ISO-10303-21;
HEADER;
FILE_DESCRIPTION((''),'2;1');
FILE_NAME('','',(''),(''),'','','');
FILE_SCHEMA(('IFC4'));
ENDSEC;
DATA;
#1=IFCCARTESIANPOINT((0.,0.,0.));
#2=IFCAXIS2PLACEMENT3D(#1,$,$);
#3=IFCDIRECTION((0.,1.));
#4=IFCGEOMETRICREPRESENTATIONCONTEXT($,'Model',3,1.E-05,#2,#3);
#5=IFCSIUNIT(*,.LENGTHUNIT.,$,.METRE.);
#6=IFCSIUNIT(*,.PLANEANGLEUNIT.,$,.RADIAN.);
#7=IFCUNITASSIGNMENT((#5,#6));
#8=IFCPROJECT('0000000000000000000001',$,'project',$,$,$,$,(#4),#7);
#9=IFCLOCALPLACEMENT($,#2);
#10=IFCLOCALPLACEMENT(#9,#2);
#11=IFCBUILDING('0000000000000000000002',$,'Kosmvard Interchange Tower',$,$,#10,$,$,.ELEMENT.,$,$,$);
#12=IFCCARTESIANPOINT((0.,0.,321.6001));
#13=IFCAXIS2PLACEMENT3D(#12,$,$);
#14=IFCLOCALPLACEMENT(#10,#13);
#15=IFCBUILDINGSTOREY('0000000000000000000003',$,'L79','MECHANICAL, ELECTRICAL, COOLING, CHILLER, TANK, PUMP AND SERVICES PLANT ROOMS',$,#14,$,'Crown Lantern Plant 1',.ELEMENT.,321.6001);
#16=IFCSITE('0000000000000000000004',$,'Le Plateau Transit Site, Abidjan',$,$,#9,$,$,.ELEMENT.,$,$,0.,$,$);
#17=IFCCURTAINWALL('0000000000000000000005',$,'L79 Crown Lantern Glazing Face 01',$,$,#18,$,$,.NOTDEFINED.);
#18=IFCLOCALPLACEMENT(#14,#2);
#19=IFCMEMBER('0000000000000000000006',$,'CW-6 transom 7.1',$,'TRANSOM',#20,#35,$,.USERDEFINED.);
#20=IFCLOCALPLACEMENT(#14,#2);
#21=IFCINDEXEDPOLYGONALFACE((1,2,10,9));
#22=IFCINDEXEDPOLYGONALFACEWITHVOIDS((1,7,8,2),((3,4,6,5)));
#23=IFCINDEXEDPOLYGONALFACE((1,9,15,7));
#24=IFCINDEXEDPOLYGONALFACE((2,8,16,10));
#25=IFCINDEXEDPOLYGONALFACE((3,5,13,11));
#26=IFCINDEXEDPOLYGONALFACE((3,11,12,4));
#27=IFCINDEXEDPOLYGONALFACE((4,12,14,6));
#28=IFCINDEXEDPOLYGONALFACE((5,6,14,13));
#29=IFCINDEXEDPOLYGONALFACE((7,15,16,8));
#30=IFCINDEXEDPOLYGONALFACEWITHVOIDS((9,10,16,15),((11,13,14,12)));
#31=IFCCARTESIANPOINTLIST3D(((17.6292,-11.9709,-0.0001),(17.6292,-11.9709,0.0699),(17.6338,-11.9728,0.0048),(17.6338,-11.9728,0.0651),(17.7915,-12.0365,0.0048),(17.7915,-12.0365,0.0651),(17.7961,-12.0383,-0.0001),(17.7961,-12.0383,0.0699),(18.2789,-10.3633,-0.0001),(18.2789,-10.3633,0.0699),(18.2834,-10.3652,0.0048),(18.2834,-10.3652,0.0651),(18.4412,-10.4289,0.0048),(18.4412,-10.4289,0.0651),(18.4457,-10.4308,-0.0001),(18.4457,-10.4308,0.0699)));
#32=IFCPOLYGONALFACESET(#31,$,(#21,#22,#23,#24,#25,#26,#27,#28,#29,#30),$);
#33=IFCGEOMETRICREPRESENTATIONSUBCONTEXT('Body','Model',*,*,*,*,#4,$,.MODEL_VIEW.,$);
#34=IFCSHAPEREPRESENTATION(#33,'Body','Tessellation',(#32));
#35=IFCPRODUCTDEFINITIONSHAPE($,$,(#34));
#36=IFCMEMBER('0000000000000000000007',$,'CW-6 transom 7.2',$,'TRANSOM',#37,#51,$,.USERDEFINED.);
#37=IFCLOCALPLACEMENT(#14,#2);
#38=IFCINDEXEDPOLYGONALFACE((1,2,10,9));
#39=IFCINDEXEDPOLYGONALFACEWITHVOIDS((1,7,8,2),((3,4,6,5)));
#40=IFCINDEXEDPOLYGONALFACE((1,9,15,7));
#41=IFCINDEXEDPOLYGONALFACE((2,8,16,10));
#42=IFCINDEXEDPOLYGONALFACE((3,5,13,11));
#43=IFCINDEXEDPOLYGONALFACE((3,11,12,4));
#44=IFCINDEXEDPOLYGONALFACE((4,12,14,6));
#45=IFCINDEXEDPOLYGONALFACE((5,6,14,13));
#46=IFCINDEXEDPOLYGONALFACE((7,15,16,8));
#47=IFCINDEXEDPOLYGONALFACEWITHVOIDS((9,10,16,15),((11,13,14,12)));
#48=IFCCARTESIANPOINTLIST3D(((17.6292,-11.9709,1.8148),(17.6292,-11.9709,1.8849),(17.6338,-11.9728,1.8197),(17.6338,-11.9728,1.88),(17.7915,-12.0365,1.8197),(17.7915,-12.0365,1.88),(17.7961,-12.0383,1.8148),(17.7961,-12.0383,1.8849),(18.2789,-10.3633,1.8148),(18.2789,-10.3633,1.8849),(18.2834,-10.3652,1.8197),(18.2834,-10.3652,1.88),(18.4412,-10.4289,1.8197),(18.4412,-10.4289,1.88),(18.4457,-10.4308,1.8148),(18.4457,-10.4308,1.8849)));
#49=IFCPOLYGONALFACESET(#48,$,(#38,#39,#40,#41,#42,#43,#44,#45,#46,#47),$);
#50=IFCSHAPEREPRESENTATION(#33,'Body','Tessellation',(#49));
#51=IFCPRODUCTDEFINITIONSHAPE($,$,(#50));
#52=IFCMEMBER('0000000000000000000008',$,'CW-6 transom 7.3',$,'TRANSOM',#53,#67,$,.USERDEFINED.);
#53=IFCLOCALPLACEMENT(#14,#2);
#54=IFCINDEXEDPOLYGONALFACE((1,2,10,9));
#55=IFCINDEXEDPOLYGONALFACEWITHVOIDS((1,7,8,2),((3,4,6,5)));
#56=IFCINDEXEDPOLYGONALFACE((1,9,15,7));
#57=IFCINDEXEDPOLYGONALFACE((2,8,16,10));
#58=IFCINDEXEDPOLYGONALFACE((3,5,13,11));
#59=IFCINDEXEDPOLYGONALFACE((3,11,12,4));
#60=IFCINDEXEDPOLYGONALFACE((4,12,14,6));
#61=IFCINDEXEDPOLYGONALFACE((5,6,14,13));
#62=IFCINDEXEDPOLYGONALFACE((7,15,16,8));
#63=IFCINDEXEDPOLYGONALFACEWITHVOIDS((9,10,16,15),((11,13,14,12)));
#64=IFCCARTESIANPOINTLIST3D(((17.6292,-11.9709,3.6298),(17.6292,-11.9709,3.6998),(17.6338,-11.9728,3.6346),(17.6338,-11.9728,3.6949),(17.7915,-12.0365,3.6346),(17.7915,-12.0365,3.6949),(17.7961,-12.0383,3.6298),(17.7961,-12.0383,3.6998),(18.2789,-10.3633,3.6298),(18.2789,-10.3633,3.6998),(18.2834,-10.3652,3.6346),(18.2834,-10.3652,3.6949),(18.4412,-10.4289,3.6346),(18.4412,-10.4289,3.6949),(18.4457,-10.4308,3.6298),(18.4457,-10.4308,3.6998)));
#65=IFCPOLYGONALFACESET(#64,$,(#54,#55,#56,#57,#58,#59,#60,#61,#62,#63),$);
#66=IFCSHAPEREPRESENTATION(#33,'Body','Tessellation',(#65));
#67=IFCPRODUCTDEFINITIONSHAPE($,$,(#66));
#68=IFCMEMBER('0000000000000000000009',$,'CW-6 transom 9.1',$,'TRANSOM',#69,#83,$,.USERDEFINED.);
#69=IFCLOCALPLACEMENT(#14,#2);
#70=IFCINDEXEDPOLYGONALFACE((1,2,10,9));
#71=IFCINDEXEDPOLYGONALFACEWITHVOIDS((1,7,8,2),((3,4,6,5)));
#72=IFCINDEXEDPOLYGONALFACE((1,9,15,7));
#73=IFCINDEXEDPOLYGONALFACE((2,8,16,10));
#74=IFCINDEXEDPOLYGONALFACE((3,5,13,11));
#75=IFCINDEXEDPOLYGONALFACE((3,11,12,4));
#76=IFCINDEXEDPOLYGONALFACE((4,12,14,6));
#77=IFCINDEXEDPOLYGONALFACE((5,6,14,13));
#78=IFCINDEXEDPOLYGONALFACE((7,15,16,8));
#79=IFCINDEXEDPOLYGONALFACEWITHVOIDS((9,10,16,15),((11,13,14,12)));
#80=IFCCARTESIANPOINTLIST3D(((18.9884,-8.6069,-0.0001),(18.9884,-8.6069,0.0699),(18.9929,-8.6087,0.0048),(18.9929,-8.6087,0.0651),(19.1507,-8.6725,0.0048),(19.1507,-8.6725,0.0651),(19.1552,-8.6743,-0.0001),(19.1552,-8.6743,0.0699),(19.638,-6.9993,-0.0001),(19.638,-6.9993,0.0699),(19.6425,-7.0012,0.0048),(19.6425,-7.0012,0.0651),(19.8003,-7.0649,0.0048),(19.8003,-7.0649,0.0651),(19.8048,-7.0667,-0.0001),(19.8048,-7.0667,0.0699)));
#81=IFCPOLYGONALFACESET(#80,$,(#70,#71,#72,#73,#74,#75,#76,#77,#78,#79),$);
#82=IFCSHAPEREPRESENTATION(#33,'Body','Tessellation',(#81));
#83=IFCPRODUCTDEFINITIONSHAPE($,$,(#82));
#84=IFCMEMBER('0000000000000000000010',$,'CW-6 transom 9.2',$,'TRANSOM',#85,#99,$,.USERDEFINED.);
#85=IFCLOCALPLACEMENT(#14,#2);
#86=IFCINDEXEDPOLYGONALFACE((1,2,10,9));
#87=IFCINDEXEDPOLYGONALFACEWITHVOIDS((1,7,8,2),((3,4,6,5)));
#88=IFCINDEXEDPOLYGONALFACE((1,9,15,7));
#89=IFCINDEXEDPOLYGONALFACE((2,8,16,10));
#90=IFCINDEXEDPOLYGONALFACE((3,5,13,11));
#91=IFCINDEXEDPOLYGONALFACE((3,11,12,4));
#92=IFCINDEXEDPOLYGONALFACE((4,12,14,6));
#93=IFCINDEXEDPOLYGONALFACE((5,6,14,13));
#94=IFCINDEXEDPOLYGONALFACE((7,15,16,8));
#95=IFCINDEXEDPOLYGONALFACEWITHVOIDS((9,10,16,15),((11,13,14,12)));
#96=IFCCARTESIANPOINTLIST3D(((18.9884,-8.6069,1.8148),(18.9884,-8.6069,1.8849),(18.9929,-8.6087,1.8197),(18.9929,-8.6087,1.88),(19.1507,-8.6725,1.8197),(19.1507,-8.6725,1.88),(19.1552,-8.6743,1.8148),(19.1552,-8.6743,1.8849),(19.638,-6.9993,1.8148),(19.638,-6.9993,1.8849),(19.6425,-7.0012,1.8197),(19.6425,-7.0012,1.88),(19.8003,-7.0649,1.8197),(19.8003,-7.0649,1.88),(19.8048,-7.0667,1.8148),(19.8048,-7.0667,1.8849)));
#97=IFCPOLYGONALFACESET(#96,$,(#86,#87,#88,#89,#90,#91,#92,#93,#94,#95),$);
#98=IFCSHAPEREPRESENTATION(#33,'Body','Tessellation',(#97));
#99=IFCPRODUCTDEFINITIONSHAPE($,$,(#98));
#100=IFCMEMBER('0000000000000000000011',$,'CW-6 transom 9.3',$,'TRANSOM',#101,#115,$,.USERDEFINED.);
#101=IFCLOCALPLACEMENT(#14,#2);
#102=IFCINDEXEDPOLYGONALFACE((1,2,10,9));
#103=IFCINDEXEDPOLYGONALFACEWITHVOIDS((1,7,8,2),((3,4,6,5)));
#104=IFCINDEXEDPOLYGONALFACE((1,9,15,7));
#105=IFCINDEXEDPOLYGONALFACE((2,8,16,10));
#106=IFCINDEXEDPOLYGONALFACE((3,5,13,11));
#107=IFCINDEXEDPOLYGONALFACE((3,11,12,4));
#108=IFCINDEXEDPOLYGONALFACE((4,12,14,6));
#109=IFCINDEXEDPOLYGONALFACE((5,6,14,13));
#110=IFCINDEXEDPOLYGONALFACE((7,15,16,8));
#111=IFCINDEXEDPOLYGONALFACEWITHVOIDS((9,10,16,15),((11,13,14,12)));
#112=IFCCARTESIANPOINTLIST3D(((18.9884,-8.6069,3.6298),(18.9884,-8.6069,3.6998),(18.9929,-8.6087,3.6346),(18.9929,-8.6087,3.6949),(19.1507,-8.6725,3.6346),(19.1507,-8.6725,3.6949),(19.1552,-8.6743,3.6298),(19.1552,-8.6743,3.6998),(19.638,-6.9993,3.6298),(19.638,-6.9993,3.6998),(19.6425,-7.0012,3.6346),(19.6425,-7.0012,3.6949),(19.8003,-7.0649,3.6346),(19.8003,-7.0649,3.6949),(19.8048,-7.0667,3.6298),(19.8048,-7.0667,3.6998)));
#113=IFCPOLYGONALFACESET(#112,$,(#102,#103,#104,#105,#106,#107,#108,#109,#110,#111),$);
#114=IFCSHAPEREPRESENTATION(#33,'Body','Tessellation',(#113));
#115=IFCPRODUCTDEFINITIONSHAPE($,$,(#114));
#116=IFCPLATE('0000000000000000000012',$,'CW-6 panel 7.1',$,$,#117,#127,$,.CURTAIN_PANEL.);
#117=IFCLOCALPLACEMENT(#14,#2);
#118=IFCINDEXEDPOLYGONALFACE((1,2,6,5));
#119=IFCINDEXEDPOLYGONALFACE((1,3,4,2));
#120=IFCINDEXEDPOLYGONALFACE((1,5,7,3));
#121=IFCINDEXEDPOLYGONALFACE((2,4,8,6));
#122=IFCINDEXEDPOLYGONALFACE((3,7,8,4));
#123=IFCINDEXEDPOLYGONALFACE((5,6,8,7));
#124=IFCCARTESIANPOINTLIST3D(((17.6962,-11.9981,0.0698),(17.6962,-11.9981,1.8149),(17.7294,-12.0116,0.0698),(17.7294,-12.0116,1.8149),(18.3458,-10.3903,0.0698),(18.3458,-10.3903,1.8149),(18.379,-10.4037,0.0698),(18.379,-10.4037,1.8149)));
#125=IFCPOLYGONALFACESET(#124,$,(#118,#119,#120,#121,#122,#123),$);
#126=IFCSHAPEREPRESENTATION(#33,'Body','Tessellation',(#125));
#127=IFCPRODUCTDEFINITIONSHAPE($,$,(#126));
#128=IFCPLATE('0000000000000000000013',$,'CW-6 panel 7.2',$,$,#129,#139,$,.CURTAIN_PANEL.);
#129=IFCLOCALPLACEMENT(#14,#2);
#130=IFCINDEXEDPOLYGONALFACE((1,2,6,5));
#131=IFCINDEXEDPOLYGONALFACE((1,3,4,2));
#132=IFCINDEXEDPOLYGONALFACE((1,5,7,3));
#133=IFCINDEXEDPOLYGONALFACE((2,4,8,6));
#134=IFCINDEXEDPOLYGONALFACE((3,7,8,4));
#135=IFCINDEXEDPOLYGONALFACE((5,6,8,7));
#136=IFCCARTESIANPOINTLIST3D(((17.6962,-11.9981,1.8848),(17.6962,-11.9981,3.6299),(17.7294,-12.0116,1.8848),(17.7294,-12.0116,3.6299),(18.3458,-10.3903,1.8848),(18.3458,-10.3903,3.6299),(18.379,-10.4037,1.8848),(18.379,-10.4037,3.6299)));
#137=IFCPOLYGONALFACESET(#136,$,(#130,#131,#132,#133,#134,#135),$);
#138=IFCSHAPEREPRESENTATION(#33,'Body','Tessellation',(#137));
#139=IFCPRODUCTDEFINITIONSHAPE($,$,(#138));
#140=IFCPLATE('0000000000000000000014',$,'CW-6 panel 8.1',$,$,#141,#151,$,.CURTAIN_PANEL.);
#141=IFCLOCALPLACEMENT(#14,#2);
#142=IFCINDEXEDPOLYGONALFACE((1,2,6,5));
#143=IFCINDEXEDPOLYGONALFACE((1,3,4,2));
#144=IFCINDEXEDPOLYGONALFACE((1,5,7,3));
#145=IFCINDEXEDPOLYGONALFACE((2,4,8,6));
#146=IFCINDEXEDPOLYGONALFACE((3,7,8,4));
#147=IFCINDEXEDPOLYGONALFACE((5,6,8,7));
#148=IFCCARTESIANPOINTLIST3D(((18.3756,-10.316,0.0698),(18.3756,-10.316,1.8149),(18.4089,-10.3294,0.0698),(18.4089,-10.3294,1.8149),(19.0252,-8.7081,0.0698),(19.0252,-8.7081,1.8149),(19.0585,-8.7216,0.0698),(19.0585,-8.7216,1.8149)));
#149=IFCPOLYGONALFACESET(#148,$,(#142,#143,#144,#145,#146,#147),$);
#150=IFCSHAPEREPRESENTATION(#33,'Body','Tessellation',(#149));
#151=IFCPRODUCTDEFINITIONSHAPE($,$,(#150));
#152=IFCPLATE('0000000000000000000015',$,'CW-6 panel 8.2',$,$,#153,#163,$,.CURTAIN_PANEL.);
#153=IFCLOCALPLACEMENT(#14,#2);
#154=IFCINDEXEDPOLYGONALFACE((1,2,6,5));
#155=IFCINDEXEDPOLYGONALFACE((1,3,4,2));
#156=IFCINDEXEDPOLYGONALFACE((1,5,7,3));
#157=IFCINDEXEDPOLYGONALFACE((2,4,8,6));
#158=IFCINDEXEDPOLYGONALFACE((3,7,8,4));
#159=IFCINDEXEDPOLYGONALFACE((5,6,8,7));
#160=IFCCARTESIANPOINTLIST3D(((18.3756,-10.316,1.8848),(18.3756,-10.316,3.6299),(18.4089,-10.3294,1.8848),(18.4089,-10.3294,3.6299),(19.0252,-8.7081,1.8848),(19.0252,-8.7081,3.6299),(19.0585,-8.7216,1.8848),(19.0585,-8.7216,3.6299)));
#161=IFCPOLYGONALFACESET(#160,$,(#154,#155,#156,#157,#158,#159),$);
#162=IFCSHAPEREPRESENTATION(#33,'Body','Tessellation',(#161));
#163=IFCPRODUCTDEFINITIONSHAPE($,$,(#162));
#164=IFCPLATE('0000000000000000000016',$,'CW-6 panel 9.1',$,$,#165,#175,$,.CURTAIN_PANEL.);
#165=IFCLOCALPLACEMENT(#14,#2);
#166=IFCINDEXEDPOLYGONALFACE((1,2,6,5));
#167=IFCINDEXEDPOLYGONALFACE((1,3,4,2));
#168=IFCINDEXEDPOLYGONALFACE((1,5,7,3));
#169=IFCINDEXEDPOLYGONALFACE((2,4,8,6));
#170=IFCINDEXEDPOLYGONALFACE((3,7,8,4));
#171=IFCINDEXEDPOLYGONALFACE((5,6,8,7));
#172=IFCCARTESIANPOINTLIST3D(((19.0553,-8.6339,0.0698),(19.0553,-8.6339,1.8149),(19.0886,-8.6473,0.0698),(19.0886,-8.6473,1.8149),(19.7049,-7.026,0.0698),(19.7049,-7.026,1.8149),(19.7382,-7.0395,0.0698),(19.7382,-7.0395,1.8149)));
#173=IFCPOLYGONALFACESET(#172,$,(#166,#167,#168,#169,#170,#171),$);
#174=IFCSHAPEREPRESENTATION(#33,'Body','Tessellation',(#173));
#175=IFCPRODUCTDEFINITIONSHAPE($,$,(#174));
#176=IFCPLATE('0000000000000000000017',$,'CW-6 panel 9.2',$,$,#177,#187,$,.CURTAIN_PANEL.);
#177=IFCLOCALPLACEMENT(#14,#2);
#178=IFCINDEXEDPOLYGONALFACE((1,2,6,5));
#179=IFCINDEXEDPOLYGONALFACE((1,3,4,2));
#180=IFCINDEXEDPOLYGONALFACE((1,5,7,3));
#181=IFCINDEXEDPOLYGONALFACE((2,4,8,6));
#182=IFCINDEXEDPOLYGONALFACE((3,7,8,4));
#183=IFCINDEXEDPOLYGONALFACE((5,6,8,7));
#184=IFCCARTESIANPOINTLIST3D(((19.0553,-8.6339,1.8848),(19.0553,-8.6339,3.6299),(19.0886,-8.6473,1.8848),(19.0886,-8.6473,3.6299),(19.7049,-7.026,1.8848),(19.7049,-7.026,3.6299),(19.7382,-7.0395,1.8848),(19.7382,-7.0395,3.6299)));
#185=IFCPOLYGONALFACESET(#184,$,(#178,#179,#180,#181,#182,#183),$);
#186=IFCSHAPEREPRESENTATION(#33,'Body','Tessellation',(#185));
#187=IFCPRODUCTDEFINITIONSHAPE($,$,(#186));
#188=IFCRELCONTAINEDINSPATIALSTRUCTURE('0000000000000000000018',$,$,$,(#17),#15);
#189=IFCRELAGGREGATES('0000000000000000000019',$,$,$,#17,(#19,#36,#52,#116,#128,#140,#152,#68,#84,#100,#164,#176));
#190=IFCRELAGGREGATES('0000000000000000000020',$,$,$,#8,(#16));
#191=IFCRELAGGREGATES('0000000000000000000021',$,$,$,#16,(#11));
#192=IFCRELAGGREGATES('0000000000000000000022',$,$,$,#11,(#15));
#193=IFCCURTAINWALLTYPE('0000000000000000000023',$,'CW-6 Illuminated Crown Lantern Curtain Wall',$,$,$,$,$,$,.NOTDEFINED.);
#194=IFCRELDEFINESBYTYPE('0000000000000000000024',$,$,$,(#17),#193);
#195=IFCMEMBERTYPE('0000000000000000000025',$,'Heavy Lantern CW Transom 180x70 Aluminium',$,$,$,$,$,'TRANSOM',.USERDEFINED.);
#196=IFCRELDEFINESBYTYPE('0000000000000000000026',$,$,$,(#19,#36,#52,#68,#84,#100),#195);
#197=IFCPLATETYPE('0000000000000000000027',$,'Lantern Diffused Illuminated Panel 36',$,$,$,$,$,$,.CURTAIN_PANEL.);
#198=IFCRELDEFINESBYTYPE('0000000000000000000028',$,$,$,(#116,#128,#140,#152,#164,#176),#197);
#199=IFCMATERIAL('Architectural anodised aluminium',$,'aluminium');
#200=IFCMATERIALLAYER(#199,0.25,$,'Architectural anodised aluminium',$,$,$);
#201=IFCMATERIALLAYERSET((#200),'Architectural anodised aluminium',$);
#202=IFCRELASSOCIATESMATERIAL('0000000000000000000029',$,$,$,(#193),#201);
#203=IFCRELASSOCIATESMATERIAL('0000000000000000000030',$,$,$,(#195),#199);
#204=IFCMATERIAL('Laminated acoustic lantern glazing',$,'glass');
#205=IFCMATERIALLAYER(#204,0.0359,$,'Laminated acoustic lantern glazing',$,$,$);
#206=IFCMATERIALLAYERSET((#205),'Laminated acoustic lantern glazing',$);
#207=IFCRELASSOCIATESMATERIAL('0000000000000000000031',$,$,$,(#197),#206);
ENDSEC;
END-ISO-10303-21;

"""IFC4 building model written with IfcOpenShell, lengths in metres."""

from ifc_helpers import new_model, si_unit, direction, frame, origin, origin_2d, place, context, subcontext, project, spatial, rectangle, hollow_rectangle, extrude, source, transform, mapped, material, layer, layer_set, material_profile, profile_set, type_object, element, aggregate, save


model = new_model("IFC4")

# Units and contexts
model_context = context("Model", 3, precision=1e-05, world=origin(), true_north=direction((0.0, 1.0)))
body_context = subcontext(model_context, "Body", "Model", "MODEL_VIEW")
ifc_project = project(units=[si_unit("LENGTHUNIT", "METRE"), si_unit("PLANEANGLEUNIT", "RADIAN")], contexts=[model_context])

# Site, building, storey
site_placement = place(None, origin())
site = spatial("IfcSite", under=ifc_project, at=site_placement, Name="Le Plateau Transit Site, Abidjan", CompositionType="ELEMENT", RefElevation=0.0)
building_placement = place(site_placement, origin())
building = spatial("IfcBuilding", under=site, at=building_placement, Name="Kosmvard Interchange Tower", CompositionType="ELEMENT")
storey_placement = place(building_placement, frame((0.0, 0.0, 321.6001)))
storey = spatial("IfcBuildingStorey", under=building, at=storey_placement, Name="L79", Description="MECHANICAL, ELECTRICAL, COOLING, CHILLER, TANK, PUMP AND SERVICES PLANT ROOMS", LongName="Crown Lantern Plant 1", CompositionType="ELEMENT", Elevation=321.6001)

# Curtain wall, members, plates
ifc_material_1 = material(Name="Architectural anodised aluminium", Category="aluminium")
ifc_layer_1 = layer(ifc_material_1, 0.25, Name="Architectural anodised aluminium")
ifc_layer_set_1 = layer_set([ifc_layer_1], Name="Architectural anodised aluminium")
curtain_wall_type = type_object("IfcCurtainWallType", Name="CW-6 Illuminated Crown Lantern Curtain Wall", PredefinedType="NOTDEFINED", material=ifc_layer_set_1)
curtain_wall_placement = place(storey_placement, origin())
curtain_wall = element("IfcCurtainWall", 1, at=curtain_wall_placement, inside=storey, type_object=curtain_wall_type, Name="L79 Crown Lantern Glazing Face 01", PredefinedType="NOTDEFINED")
ifc_material_profile_1 = material_profile(ifc_material_1, hollow_rectangle(XDim=0.1799, YDim=0.0701, WallThickness=0.0049, at=origin_2d()), Name="CWT 180x70x5")
ifc_profile_set_1 = profile_set([ifc_material_profile_1], Name="Architectural anodised aluminium")
member_type_1 = type_object("IfcMemberType", Name="Heavy Lantern CW Transom 180x70 Aluminium", ElementType="TRANSOM", PredefinedType="USERDEFINED", material=ifc_profile_set_1)
shared_shape_1 = source(origin(), body_context, "Body", "SweptSolid", [
    extrude(hollow_rectangle(XDim=0.1799, YDim=0.0701, WallThickness=0.0049, at=origin_2d()), origin(), (0.0, 0.0, 1.0), 1.7339),
])
member_1_placement = place(storey_placement, frame((17.7126, -12.0046, 0.0349), z_axis=(0.374666, 0.92716, 0.0), x_axis=(-0.92716, 0.374666, 0.0)))
member_1 = element("IfcMember", 2, at=member_1_placement, type_object=member_type_1, Name="CW-6 transom 7.1", ObjectType="TRANSOM", PredefinedType="USERDEFINED", context=body_context, shape_type="MappedRepresentation", body=[
    mapped(shared_shape_1, transform((0.0, 0.0, 0.0), scale=1.0)),
])
member_2_placement = place(storey_placement, frame((17.7126, -12.0046, 1.8499), z_axis=(0.374666, 0.92716, 0.0), x_axis=(-0.92716, 0.374666, 0.0)))
member_2 = element("IfcMember", 3, at=member_2_placement, type_object=member_type_1, Name="CW-6 transom 7.2", ObjectType="TRANSOM", PredefinedType="USERDEFINED", context=body_context, shape_type="MappedRepresentation", body=[
    mapped(shared_shape_1, transform((0.0, 0.0, 0.0), scale=1.0)),
])
member_3_placement = place(storey_placement, frame((17.7126, -12.0046, 3.6648), z_axis=(0.374666, 0.92716, 0.0), x_axis=(-0.92716, 0.374666, 0.0)))
member_3 = element("IfcMember", 4, at=member_3_placement, type_object=member_type_1, Name="CW-6 transom 7.3", ObjectType="TRANSOM", PredefinedType="USERDEFINED", context=body_context, shape_type="MappedRepresentation", body=[
    mapped(shared_shape_1, transform((0.0, 0.0, 0.0), scale=1.0)),
])
member_4_placement = place(storey_placement, frame((19.0718, -8.6406, 0.0349), z_axis=(0.374666, 0.92716, 0.0), x_axis=(-0.92716, 0.374666, 0.0)))
member_4 = element("IfcMember", 5, at=member_4_placement, type_object=member_type_1, Name="CW-6 transom 9.1", ObjectType="TRANSOM", PredefinedType="USERDEFINED", context=body_context, shape_type="MappedRepresentation", body=[
    mapped(shared_shape_1, transform((0.0, 0.0, 0.0), scale=1.0)),
])
member_5_placement = place(storey_placement, frame((19.0718, -8.6406, 1.8499), z_axis=(0.374666, 0.92716, 0.0), x_axis=(-0.92716, 0.374666, 0.0)))
member_5 = element("IfcMember", 6, at=member_5_placement, type_object=member_type_1, Name="CW-6 transom 9.2", ObjectType="TRANSOM", PredefinedType="USERDEFINED", context=body_context, shape_type="MappedRepresentation", body=[
    mapped(shared_shape_1, transform((0.0, 0.0, 0.0), scale=1.0)),
])
member_6_placement = place(storey_placement, frame((19.0718, -8.6406, 3.6648), z_axis=(0.374666, 0.92716, 0.0), x_axis=(-0.92716, 0.374666, 0.0)))
member_6 = element("IfcMember", 7, at=member_6_placement, type_object=member_type_1, Name="CW-6 transom 9.3", ObjectType="TRANSOM", PredefinedType="USERDEFINED", context=body_context, shape_type="MappedRepresentation", body=[
    mapped(shared_shape_1, transform((0.0, 0.0, 0.0), scale=1.0)),
])
ifc_material_2 = material(Name="Laminated acoustic lantern glazing", Category="glass")
ifc_layer_2 = layer(ifc_material_2, 0.0359, Name="Laminated acoustic lantern glazing")
ifc_layer_set_2 = layer_set([ifc_layer_2], Name="Laminated acoustic lantern glazing")
plate_type = type_object("IfcPlateType", Name="Lantern Diffused Illuminated Panel 36", PredefinedType="CURTAIN_PANEL", material=ifc_layer_set_2)
shared_shape_2 = source(origin(), body_context, "Body", "SweptSolid", [
    extrude(rectangle(XDim=1.7341, YDim=0.0359, at=origin_2d()), origin(), (0.0, 0.0, 1.0), 1.7451),
])
plate_1_placement = place(storey_placement, frame((18.0376, -11.2009, 0.0698), z_axis=(0.0, 0.0, 1.0), x_axis=(0.374607, 0.927184, 0.0)))
plate_1 = element("IfcPlate", 8, at=plate_1_placement, type_object=plate_type, Name="CW-6 panel 7.1", PredefinedType="CURTAIN_PANEL", context=body_context, shape_type="MappedRepresentation", body=[
    mapped(shared_shape_2, transform((0.0, 0.0, 0.0), scale=1.0)),
])
plate_2_placement = place(storey_placement, frame((18.0376, -11.2009, 1.8848), z_axis=(0.0, 0.0, 1.0), x_axis=(0.374607, 0.927184, 0.0)))
plate_2 = element("IfcPlate", 9, at=plate_2_placement, type_object=plate_type, Name="CW-6 panel 7.2", PredefinedType="CURTAIN_PANEL", context=body_context, shape_type="MappedRepresentation", body=[
    mapped(shared_shape_2, transform((0.0, 0.0, 0.0), scale=1.0)),
])
plate_3_placement = place(storey_placement, frame((18.717, -9.5188, 0.0698), z_axis=(0.0, 0.0, 1.0), x_axis=(0.374607, 0.927184, 0.0)))
plate_3 = element("IfcPlate", 10, at=plate_3_placement, type_object=plate_type, Name="CW-6 panel 8.1", PredefinedType="CURTAIN_PANEL", context=body_context, shape_type="MappedRepresentation", body=[
    mapped(shared_shape_2, transform((0.0, 0.0, 0.0), scale=1.0)),
])
plate_4_placement = place(storey_placement, frame((18.717, -9.5188, 1.8848), z_axis=(0.0, 0.0, 1.0), x_axis=(0.374607, 0.927184, 0.0)))
plate_4 = element("IfcPlate", 11, at=plate_4_placement, type_object=plate_type, Name="CW-6 panel 8.2", PredefinedType="CURTAIN_PANEL", context=body_context, shape_type="MappedRepresentation", body=[
    mapped(shared_shape_2, transform((0.0, 0.0, 0.0), scale=1.0)),
])
plate_5_placement = place(storey_placement, frame((19.3967, -7.8367, 0.0698), z_axis=(0.0, 0.0, 1.0), x_axis=(0.374607, 0.927184, 0.0)))
plate_5 = element("IfcPlate", 12, at=plate_5_placement, type_object=plate_type, Name="CW-6 panel 9.1", PredefinedType="CURTAIN_PANEL", context=body_context, shape_type="MappedRepresentation", body=[
    mapped(shared_shape_2, transform((0.0, 0.0, 0.0), scale=1.0)),
])
plate_6_placement = place(storey_placement, frame((19.3967, -7.8367, 1.8848), z_axis=(0.0, 0.0, 1.0), x_axis=(0.374607, 0.927184, 0.0)))
plate_6 = element("IfcPlate", 13, at=plate_6_placement, type_object=plate_type, Name="CW-6 panel 9.2", PredefinedType="CURTAIN_PANEL", context=body_context, shape_type="MappedRepresentation", body=[
    mapped(shared_shape_2, transform((0.0, 0.0, 0.0), scale=1.0)),
])
aggregate(curtain_wall, [member_1, member_2, member_3, plate_1, plate_2, plate_3, plate_4, member_4, member_5, member_6, plate_5, plate_6])

save(model, "model.ifc")
